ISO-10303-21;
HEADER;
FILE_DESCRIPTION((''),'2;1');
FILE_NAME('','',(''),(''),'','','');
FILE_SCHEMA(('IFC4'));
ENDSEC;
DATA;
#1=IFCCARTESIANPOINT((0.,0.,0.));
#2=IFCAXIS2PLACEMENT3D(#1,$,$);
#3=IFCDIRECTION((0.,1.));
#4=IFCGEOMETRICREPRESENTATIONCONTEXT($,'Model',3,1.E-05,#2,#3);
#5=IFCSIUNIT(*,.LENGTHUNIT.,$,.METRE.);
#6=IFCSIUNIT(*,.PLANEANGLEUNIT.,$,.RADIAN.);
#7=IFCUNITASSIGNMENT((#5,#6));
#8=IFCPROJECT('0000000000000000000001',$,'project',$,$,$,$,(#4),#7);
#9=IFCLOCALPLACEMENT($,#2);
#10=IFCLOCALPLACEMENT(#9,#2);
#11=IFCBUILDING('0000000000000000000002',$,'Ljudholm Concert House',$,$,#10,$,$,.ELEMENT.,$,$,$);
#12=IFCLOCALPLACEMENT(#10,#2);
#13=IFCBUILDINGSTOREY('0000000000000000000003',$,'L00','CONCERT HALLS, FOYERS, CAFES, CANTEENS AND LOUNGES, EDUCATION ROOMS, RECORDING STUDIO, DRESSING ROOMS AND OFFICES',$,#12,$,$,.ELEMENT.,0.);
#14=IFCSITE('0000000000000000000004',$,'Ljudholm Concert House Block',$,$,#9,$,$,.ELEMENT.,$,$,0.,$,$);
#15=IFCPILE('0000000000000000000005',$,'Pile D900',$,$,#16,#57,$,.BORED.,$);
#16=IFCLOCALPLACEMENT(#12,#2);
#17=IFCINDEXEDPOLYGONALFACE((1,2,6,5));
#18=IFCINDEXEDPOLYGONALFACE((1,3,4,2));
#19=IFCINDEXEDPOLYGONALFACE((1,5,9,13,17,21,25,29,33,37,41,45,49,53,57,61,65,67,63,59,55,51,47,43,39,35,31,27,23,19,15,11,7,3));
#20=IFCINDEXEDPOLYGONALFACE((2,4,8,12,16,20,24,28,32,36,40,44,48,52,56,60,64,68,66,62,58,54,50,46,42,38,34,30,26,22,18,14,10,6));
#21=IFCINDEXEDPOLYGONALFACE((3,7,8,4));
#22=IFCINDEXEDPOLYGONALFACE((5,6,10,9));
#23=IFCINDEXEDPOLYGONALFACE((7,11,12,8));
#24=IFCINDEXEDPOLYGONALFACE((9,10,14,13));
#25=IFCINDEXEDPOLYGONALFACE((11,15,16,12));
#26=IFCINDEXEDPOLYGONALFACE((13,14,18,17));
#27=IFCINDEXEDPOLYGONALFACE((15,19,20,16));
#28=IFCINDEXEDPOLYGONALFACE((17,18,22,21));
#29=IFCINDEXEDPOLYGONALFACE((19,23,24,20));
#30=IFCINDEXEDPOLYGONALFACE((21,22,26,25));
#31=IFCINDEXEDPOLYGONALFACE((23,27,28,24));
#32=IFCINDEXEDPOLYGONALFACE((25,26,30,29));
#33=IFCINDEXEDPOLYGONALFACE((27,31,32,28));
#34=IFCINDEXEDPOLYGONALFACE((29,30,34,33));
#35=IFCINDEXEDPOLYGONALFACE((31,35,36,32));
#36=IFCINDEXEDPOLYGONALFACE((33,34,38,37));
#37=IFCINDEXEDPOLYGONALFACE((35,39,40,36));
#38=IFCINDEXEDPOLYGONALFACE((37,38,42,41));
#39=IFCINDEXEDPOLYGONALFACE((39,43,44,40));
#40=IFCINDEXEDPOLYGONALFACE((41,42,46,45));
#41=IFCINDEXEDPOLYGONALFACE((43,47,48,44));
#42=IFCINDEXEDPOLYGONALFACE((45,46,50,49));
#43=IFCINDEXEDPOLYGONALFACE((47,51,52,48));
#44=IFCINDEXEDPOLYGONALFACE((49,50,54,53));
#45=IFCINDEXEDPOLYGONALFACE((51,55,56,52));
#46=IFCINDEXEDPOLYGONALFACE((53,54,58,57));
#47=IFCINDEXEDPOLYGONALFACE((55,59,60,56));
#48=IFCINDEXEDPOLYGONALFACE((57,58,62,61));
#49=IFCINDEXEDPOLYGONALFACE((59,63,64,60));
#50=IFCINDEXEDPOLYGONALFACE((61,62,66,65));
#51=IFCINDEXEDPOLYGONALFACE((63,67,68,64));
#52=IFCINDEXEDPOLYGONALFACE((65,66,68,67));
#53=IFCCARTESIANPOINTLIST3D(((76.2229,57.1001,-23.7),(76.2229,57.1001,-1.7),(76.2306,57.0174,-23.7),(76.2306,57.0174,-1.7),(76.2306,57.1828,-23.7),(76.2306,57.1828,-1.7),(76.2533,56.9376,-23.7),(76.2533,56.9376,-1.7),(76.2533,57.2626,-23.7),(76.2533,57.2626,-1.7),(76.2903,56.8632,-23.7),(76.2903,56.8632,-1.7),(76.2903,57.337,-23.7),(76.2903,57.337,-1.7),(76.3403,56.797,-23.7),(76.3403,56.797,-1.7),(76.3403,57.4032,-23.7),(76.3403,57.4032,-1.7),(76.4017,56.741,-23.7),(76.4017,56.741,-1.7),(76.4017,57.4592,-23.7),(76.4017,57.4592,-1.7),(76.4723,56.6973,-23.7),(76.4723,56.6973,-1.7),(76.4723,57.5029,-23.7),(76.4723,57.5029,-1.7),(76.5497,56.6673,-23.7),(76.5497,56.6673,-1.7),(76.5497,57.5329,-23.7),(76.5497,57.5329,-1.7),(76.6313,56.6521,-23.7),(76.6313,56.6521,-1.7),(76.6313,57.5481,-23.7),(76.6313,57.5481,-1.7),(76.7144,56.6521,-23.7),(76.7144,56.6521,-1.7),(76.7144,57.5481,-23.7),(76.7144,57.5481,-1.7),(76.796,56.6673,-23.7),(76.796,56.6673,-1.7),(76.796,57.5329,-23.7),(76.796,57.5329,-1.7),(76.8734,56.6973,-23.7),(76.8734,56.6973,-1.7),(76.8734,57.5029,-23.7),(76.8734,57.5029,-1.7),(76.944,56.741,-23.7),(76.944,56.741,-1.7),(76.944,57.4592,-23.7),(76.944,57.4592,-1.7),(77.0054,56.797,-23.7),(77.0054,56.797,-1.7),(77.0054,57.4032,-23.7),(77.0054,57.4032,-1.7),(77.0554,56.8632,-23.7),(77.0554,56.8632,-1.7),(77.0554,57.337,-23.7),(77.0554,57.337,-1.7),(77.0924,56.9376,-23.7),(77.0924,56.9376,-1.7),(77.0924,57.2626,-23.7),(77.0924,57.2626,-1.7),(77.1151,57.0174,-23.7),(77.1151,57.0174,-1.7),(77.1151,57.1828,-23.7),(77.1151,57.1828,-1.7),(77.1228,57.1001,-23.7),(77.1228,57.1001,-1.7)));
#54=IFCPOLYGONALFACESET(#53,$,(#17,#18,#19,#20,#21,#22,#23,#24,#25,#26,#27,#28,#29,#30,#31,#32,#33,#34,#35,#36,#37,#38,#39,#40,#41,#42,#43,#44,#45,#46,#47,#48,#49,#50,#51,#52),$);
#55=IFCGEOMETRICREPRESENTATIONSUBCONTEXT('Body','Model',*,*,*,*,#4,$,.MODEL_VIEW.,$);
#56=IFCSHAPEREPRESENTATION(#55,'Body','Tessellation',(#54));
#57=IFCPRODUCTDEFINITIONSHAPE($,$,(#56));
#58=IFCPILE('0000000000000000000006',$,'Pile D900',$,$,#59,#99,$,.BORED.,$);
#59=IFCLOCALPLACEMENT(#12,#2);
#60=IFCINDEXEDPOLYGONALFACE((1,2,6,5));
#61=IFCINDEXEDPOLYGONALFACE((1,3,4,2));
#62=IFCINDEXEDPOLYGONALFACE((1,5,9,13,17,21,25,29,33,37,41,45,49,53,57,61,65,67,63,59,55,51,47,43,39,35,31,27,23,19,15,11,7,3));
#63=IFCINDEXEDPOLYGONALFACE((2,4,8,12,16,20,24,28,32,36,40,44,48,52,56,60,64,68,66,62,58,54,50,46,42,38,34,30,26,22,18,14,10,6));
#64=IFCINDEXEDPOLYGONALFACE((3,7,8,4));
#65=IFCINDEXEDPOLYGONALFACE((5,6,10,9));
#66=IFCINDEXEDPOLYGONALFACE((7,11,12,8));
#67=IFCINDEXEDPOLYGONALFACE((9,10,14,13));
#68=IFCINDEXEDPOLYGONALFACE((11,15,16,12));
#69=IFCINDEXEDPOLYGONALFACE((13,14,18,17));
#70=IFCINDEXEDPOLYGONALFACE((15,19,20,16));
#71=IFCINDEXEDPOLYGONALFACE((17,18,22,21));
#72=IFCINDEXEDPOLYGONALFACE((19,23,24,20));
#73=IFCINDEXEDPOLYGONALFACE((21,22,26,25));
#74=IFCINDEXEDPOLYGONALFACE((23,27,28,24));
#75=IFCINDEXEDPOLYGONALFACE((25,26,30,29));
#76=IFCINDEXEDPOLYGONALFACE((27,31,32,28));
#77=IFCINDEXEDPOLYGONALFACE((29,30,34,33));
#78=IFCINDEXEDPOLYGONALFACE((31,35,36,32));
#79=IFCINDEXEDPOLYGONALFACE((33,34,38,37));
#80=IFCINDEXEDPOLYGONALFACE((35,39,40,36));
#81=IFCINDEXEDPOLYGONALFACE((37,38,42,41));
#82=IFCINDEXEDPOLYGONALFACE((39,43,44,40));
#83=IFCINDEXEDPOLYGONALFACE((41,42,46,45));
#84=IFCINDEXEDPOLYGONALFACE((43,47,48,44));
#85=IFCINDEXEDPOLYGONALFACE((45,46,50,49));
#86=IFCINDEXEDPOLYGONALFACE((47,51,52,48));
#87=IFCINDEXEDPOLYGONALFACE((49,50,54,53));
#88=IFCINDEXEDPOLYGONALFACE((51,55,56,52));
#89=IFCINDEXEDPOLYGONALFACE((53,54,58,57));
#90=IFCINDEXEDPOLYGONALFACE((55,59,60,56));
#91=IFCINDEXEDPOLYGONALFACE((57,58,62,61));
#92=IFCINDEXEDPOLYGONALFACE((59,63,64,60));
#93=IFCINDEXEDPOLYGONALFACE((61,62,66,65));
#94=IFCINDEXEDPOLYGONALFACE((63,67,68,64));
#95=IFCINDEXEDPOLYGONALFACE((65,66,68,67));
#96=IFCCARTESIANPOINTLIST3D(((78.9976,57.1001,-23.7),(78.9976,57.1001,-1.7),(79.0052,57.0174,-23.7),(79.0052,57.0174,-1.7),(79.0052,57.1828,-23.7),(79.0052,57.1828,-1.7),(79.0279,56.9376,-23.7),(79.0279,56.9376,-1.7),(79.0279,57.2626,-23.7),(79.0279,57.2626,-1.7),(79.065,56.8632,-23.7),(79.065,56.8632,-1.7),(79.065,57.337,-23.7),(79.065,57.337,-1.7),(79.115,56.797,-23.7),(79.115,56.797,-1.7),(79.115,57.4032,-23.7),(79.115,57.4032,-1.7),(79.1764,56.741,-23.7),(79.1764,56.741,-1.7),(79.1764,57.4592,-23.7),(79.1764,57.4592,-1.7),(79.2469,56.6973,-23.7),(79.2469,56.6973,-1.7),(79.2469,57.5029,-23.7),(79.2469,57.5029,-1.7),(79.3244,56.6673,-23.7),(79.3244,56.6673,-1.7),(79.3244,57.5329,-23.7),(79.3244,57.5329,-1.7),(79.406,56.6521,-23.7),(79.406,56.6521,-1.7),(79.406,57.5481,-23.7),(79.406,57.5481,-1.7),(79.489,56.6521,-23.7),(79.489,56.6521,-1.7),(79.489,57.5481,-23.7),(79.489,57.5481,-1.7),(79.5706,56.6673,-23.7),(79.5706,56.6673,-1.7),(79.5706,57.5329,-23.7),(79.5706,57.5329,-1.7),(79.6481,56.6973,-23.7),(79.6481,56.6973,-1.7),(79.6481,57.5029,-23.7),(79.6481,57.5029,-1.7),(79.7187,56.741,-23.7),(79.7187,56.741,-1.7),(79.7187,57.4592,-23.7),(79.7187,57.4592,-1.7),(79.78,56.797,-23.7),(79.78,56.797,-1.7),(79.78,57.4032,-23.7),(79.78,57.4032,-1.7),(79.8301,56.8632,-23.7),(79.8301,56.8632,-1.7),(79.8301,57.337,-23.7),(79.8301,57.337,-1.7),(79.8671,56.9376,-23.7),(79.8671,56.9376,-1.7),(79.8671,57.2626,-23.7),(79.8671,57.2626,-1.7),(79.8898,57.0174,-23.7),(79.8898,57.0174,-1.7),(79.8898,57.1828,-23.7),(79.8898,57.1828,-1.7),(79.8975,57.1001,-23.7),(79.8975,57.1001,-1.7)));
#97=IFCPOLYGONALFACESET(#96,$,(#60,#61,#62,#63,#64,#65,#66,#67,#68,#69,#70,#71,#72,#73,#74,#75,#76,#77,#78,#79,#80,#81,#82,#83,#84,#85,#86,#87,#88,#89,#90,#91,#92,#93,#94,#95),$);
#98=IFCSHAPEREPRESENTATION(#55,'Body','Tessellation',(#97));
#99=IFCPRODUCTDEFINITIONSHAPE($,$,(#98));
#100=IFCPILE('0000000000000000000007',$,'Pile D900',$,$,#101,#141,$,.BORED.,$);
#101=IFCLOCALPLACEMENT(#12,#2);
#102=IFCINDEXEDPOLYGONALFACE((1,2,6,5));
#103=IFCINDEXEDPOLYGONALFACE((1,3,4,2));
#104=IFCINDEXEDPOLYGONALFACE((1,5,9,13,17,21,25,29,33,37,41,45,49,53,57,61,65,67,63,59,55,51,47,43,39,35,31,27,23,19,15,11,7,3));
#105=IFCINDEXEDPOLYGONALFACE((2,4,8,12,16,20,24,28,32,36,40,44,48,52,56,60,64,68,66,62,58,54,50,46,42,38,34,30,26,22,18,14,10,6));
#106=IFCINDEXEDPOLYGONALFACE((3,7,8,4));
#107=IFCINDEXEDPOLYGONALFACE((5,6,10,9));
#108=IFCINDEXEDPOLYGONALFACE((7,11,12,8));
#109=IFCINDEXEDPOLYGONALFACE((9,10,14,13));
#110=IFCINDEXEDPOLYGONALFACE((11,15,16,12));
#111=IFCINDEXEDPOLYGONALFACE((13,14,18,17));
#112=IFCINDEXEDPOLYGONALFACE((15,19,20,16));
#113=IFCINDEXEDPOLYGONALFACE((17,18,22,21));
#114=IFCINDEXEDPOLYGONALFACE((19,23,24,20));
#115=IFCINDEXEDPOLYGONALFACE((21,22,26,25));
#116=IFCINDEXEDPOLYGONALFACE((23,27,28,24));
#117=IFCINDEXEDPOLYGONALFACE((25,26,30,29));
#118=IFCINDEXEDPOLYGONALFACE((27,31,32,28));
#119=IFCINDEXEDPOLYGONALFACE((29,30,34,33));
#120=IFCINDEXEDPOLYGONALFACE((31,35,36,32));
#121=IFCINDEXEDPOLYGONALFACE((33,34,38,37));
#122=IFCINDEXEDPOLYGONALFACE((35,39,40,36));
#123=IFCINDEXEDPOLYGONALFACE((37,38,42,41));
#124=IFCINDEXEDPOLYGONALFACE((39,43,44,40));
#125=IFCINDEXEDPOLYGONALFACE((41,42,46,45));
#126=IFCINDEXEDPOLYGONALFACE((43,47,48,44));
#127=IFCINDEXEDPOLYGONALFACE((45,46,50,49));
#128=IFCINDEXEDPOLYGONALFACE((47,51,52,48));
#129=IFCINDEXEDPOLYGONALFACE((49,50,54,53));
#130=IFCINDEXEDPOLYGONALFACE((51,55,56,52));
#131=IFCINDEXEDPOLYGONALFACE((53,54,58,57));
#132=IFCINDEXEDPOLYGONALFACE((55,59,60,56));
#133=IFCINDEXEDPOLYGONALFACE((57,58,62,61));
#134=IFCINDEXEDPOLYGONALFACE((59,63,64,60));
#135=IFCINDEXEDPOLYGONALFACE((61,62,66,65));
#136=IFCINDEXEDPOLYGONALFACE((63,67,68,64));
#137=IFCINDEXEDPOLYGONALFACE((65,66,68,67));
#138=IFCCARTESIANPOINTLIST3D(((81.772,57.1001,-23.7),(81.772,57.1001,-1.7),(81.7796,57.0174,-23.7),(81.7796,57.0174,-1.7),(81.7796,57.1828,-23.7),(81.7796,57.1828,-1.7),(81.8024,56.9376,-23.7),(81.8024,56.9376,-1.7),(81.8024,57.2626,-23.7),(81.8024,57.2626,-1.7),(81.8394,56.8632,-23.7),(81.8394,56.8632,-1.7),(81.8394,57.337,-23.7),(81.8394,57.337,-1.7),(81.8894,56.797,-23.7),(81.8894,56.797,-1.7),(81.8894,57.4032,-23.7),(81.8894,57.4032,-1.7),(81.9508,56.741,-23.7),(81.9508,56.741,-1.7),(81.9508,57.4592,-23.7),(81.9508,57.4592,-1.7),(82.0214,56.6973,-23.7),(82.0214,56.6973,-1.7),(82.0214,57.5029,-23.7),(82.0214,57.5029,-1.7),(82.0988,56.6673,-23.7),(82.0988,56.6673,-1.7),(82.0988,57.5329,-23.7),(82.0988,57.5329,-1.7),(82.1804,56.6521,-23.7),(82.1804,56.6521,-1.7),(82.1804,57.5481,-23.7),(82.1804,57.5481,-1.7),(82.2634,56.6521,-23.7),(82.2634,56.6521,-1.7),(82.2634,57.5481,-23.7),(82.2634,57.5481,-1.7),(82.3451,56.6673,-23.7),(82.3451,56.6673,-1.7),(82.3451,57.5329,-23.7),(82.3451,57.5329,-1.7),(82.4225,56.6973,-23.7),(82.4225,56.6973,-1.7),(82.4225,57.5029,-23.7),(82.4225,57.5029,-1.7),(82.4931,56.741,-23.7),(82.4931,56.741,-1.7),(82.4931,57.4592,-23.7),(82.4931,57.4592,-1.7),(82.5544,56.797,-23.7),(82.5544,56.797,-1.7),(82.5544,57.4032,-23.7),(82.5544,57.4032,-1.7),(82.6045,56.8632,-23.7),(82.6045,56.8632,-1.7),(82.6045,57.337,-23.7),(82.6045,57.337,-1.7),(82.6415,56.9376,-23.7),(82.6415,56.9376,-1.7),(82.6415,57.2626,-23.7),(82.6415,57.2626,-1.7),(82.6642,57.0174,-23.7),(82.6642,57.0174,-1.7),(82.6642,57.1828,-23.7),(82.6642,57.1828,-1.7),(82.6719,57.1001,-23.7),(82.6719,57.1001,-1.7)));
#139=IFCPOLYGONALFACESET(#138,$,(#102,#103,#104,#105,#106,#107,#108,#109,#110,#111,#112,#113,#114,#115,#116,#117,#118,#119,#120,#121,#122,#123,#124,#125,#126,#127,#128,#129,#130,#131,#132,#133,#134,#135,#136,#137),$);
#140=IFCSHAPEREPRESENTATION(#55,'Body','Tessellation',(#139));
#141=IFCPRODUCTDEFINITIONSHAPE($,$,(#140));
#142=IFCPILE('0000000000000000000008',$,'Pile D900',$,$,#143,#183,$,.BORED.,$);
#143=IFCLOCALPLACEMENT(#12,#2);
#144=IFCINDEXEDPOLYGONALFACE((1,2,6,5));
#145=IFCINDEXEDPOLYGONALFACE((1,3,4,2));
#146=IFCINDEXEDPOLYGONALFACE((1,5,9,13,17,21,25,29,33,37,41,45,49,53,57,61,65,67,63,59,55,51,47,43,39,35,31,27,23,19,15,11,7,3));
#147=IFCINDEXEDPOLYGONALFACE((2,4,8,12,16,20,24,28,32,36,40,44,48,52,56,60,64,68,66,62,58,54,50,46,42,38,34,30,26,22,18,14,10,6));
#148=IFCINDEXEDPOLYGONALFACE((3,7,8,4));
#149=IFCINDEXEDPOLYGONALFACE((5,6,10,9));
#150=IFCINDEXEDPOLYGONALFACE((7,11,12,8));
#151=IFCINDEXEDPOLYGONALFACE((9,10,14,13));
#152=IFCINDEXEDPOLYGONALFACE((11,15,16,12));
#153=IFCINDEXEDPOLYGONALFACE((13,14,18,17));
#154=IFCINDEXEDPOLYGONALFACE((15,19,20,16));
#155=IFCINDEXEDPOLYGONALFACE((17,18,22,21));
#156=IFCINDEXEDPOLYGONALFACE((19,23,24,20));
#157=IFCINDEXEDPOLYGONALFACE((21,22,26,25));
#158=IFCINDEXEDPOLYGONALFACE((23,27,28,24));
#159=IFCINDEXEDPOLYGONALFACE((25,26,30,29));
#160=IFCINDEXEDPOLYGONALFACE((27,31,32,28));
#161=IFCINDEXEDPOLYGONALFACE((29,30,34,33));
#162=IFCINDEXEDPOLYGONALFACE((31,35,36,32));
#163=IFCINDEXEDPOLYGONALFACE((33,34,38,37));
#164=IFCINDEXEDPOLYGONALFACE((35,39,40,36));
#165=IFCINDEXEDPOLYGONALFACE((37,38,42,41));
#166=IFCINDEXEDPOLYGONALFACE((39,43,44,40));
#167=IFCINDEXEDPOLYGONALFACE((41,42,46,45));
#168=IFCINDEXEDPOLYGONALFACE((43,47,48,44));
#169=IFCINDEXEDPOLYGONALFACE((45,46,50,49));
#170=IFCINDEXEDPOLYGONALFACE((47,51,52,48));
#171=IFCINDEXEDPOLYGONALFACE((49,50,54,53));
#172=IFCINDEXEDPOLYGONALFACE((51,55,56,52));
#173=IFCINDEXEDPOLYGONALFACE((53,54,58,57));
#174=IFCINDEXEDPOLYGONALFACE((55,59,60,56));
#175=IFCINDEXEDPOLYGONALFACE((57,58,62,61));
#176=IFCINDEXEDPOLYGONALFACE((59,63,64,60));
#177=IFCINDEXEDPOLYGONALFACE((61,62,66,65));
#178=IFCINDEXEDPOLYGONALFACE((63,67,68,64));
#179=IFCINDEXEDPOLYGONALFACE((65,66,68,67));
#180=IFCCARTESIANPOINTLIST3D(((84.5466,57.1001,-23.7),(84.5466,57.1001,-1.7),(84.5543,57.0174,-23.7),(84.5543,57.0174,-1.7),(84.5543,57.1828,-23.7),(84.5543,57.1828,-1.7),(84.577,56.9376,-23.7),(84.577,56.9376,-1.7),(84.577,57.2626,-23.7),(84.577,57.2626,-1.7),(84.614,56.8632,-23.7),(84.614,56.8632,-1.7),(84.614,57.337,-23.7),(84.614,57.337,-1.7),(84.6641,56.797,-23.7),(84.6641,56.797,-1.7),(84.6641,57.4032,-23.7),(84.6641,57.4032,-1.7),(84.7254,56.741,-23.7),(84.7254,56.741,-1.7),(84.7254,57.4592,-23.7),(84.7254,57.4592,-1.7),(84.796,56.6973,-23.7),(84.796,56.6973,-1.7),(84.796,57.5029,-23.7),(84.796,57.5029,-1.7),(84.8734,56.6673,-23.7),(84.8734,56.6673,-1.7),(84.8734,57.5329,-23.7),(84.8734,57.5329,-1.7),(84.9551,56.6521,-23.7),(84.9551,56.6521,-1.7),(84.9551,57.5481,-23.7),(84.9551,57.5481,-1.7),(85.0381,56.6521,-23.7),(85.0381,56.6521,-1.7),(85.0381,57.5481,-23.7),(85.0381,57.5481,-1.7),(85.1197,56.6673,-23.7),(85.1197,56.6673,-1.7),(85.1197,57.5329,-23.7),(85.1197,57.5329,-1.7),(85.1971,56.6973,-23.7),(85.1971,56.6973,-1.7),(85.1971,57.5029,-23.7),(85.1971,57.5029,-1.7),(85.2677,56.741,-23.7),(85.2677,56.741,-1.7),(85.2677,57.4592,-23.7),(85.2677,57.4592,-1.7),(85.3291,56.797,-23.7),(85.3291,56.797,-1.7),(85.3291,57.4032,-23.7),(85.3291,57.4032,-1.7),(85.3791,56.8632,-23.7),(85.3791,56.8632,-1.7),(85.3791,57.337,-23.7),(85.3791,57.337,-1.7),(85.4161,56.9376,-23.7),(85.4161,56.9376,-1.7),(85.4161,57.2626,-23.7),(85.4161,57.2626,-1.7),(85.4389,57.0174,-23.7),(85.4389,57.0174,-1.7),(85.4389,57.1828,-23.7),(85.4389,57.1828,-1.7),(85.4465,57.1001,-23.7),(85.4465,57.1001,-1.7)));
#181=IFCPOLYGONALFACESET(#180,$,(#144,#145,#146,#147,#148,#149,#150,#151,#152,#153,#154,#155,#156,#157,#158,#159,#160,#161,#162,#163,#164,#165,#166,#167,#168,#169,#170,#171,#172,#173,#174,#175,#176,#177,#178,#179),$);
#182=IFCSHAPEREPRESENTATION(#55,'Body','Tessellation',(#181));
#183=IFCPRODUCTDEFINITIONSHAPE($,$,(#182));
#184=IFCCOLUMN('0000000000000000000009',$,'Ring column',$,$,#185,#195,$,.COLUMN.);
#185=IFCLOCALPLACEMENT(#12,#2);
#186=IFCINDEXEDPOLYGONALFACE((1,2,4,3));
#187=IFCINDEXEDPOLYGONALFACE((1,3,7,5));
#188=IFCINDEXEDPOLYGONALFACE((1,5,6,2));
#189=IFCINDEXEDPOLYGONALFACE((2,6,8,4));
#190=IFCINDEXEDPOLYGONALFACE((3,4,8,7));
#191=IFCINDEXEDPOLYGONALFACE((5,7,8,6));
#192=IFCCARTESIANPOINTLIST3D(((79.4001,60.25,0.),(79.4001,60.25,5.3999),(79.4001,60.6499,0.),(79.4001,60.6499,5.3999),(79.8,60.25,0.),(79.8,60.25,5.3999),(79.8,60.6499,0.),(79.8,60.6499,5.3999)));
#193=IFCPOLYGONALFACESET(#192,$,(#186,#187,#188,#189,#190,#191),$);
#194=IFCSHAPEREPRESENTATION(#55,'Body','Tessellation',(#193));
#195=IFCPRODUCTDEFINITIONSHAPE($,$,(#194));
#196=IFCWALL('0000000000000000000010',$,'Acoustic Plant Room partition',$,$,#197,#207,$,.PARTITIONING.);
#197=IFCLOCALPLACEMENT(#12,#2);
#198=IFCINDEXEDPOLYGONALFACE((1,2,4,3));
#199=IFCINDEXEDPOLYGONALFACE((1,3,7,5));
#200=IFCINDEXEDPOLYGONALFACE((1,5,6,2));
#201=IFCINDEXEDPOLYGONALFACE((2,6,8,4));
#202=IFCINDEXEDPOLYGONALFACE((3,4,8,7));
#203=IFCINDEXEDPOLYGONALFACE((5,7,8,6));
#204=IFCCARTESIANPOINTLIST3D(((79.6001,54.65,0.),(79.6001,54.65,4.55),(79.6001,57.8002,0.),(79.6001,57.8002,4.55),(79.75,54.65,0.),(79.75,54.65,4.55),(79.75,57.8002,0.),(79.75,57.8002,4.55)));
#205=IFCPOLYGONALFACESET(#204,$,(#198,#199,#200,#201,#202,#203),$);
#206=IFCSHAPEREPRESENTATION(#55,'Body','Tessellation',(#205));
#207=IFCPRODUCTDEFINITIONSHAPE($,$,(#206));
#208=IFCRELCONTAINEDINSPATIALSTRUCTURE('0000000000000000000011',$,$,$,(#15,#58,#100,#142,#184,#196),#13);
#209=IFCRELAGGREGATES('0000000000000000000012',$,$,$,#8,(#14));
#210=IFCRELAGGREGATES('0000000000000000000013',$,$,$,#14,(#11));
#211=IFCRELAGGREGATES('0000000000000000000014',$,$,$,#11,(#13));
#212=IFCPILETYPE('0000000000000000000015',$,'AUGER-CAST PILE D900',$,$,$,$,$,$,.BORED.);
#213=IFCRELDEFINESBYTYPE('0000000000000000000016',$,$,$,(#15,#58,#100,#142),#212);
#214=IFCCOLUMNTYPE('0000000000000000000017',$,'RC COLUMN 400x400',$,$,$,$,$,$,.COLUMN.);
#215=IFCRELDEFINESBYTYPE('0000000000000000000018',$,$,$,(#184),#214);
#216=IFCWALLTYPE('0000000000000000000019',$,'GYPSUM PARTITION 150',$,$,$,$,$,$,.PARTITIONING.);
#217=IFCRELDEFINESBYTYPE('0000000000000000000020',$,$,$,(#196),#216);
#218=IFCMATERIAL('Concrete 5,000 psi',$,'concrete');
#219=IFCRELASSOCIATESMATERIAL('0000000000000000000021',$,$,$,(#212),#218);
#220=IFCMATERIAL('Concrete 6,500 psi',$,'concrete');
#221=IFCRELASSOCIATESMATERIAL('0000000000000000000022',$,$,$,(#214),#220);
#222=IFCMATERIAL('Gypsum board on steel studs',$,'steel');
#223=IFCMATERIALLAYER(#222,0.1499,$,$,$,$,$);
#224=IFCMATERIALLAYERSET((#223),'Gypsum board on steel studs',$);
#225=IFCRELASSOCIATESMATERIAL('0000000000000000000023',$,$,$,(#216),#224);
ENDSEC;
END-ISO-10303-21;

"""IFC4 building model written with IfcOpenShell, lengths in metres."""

from ifc_helpers import new_model, si_unit, direction, frame, frame_2d, origin, origin_2d, place, context, subcontext, project, spatial, rectangle, circle, extrude, material, layer, layer_set, material_profile, profile_set, type_object, element, save


model = new_model("IFC4")

# Units and contexts
model_context = context("Model", 3, precision=1e-05, world=origin(), true_north=direction((0.0, 1.0)))
body_context = subcontext(model_context, "Body", "Model", "MODEL_VIEW")
ifc_project = project(units=[si_unit("LENGTHUNIT", "METRE"), si_unit("PLANEANGLEUNIT", "RADIAN")], contexts=[model_context])

# Site, building, storey
site_placement = place(None, origin())
site = spatial("IfcSite", under=ifc_project, at=site_placement, Name="Ljudholm Concert House Block", CompositionType="ELEMENT", RefElevation=0.0)
building_placement = place(site_placement, origin())
building = spatial("IfcBuilding", under=site, at=building_placement, Name="Ljudholm Concert House", CompositionType="ELEMENT")
storey_placement = place(building_placement, origin())
storey = spatial("IfcBuildingStorey", under=building, at=storey_placement, Name="L00", Description="CONCERT HALLS, FOYERS, CAFES, CANTEENS AND LOUNGES, EDUCATION ROOMS, RECORDING STUDIO, DRESSING ROOMS AND OFFICES", CompositionType="ELEMENT", Elevation=0.0)

# Piles
ifc_material_1 = material(Name="Concrete 5,000 psi", Category="concrete")
ifc_material_profile_1 = material_profile(ifc_material_1, circle(Radius=0.45, at=origin_2d()), Name="AUGER-CAST PILE D900")
ifc_profile_set_1 = profile_set([ifc_material_profile_1], Name="Concrete 5,000 psi")
pile_type_1 = type_object("IfcPileType", Name="AUGER-CAST PILE D900", PredefinedType="BORED", material=ifc_profile_set_1)
for number, where, z_axis, x_axis, name in (
    (1, (76.6729, 57.1001, -1.7), (0.0, 0.0, -1.0), (1.0, 0.0, 0.0), "Pile D900"),
    (2, (79.4475, 57.1001, -1.7), (0.0, 0.0, -1.0), (1.0, 0.0, 0.0), "Pile D900"),
    (3, (82.2219, 57.1001, -1.7), (0.0, 0.0, -1.0), (1.0, 0.0, 0.0), "Pile D900"),
    (4, (84.9966, 57.1001, -1.7), (0.0, 0.0, -1.0), (1.0, 0.0, 0.0), "Pile D900"),
):
    element("IfcPile", number, at=place(storey_placement, frame(where, z_axis=z_axis, x_axis=x_axis)), inside=storey, type_object=pile_type_1, Name=name, PredefinedType="BORED", context=body_context, shape_type="SweptSolid", body=[
        extrude(circle(Radius=0.45, at=origin_2d()), origin(), (0.0, 0.0, 1.0), 22.0),
    ])

# Column
ifc_material_2 = material(Name="Concrete 6,500 psi", Category="concrete")
ifc_material_profile_2 = material_profile(ifc_material_2, rectangle(XDim=0.3999, YDim=0.3999, at=origin_2d()), Name="RC COLUMN 400x400")
ifc_profile_set_2 = profile_set([ifc_material_profile_2], Name="Concrete 6,500 psi")
column_type = type_object("IfcColumnType", Name="RC COLUMN 400x400", PredefinedType="COLUMN", material=ifc_profile_set_2)
column_placement = place(storey_placement, frame((79.6001, 60.45, 0.0), z_axis=(0.0, 0.0, 1.0), x_axis=(1.0, 0.0, 0.0)))
element("IfcColumn", 5, at=column_placement, inside=storey, type_object=column_type, Name="Ring column", PredefinedType="COLUMN", context=body_context, shape_type="SweptSolid", body=[
    extrude(rectangle(XDim=0.3999, YDim=0.3999, at=origin_2d()), origin(), (0.0, 0.0, 1.0), 5.3999),
])

# Wall
ifc_material_3 = material(Name="Gypsum board on steel studs", Category="steel")
ifc_layer_1 = layer(ifc_material_3, 0.1499)
ifc_layer_set_1 = layer_set([ifc_layer_1], Name="Gypsum board on steel studs")
wall_type_1 = type_object("IfcWallType", Name="GYPSUM PARTITION 150", PredefinedType="PARTITIONING", material=ifc_layer_set_1)
wall_1_placement = place(storey_placement, frame((79.675, 54.6499, 0.0), z_axis=(0.0, 0.0, 1.0), x_axis=(0.0, 1.0, 0.0)))
element("IfcWall", 6, at=wall_1_placement, inside=storey, type_object=wall_type_1, Name="Acoustic Plant Room partition", PredefinedType="PARTITIONING", context=body_context, shape_type="SweptSolid", body=[
    extrude(rectangle(XDim=3.1501, YDim=0.1499, at=frame_2d((1.5752, 0.0))), origin(), (0.0, 0.0, 1.0), 4.55),
])

save(model, "model.ifc")
